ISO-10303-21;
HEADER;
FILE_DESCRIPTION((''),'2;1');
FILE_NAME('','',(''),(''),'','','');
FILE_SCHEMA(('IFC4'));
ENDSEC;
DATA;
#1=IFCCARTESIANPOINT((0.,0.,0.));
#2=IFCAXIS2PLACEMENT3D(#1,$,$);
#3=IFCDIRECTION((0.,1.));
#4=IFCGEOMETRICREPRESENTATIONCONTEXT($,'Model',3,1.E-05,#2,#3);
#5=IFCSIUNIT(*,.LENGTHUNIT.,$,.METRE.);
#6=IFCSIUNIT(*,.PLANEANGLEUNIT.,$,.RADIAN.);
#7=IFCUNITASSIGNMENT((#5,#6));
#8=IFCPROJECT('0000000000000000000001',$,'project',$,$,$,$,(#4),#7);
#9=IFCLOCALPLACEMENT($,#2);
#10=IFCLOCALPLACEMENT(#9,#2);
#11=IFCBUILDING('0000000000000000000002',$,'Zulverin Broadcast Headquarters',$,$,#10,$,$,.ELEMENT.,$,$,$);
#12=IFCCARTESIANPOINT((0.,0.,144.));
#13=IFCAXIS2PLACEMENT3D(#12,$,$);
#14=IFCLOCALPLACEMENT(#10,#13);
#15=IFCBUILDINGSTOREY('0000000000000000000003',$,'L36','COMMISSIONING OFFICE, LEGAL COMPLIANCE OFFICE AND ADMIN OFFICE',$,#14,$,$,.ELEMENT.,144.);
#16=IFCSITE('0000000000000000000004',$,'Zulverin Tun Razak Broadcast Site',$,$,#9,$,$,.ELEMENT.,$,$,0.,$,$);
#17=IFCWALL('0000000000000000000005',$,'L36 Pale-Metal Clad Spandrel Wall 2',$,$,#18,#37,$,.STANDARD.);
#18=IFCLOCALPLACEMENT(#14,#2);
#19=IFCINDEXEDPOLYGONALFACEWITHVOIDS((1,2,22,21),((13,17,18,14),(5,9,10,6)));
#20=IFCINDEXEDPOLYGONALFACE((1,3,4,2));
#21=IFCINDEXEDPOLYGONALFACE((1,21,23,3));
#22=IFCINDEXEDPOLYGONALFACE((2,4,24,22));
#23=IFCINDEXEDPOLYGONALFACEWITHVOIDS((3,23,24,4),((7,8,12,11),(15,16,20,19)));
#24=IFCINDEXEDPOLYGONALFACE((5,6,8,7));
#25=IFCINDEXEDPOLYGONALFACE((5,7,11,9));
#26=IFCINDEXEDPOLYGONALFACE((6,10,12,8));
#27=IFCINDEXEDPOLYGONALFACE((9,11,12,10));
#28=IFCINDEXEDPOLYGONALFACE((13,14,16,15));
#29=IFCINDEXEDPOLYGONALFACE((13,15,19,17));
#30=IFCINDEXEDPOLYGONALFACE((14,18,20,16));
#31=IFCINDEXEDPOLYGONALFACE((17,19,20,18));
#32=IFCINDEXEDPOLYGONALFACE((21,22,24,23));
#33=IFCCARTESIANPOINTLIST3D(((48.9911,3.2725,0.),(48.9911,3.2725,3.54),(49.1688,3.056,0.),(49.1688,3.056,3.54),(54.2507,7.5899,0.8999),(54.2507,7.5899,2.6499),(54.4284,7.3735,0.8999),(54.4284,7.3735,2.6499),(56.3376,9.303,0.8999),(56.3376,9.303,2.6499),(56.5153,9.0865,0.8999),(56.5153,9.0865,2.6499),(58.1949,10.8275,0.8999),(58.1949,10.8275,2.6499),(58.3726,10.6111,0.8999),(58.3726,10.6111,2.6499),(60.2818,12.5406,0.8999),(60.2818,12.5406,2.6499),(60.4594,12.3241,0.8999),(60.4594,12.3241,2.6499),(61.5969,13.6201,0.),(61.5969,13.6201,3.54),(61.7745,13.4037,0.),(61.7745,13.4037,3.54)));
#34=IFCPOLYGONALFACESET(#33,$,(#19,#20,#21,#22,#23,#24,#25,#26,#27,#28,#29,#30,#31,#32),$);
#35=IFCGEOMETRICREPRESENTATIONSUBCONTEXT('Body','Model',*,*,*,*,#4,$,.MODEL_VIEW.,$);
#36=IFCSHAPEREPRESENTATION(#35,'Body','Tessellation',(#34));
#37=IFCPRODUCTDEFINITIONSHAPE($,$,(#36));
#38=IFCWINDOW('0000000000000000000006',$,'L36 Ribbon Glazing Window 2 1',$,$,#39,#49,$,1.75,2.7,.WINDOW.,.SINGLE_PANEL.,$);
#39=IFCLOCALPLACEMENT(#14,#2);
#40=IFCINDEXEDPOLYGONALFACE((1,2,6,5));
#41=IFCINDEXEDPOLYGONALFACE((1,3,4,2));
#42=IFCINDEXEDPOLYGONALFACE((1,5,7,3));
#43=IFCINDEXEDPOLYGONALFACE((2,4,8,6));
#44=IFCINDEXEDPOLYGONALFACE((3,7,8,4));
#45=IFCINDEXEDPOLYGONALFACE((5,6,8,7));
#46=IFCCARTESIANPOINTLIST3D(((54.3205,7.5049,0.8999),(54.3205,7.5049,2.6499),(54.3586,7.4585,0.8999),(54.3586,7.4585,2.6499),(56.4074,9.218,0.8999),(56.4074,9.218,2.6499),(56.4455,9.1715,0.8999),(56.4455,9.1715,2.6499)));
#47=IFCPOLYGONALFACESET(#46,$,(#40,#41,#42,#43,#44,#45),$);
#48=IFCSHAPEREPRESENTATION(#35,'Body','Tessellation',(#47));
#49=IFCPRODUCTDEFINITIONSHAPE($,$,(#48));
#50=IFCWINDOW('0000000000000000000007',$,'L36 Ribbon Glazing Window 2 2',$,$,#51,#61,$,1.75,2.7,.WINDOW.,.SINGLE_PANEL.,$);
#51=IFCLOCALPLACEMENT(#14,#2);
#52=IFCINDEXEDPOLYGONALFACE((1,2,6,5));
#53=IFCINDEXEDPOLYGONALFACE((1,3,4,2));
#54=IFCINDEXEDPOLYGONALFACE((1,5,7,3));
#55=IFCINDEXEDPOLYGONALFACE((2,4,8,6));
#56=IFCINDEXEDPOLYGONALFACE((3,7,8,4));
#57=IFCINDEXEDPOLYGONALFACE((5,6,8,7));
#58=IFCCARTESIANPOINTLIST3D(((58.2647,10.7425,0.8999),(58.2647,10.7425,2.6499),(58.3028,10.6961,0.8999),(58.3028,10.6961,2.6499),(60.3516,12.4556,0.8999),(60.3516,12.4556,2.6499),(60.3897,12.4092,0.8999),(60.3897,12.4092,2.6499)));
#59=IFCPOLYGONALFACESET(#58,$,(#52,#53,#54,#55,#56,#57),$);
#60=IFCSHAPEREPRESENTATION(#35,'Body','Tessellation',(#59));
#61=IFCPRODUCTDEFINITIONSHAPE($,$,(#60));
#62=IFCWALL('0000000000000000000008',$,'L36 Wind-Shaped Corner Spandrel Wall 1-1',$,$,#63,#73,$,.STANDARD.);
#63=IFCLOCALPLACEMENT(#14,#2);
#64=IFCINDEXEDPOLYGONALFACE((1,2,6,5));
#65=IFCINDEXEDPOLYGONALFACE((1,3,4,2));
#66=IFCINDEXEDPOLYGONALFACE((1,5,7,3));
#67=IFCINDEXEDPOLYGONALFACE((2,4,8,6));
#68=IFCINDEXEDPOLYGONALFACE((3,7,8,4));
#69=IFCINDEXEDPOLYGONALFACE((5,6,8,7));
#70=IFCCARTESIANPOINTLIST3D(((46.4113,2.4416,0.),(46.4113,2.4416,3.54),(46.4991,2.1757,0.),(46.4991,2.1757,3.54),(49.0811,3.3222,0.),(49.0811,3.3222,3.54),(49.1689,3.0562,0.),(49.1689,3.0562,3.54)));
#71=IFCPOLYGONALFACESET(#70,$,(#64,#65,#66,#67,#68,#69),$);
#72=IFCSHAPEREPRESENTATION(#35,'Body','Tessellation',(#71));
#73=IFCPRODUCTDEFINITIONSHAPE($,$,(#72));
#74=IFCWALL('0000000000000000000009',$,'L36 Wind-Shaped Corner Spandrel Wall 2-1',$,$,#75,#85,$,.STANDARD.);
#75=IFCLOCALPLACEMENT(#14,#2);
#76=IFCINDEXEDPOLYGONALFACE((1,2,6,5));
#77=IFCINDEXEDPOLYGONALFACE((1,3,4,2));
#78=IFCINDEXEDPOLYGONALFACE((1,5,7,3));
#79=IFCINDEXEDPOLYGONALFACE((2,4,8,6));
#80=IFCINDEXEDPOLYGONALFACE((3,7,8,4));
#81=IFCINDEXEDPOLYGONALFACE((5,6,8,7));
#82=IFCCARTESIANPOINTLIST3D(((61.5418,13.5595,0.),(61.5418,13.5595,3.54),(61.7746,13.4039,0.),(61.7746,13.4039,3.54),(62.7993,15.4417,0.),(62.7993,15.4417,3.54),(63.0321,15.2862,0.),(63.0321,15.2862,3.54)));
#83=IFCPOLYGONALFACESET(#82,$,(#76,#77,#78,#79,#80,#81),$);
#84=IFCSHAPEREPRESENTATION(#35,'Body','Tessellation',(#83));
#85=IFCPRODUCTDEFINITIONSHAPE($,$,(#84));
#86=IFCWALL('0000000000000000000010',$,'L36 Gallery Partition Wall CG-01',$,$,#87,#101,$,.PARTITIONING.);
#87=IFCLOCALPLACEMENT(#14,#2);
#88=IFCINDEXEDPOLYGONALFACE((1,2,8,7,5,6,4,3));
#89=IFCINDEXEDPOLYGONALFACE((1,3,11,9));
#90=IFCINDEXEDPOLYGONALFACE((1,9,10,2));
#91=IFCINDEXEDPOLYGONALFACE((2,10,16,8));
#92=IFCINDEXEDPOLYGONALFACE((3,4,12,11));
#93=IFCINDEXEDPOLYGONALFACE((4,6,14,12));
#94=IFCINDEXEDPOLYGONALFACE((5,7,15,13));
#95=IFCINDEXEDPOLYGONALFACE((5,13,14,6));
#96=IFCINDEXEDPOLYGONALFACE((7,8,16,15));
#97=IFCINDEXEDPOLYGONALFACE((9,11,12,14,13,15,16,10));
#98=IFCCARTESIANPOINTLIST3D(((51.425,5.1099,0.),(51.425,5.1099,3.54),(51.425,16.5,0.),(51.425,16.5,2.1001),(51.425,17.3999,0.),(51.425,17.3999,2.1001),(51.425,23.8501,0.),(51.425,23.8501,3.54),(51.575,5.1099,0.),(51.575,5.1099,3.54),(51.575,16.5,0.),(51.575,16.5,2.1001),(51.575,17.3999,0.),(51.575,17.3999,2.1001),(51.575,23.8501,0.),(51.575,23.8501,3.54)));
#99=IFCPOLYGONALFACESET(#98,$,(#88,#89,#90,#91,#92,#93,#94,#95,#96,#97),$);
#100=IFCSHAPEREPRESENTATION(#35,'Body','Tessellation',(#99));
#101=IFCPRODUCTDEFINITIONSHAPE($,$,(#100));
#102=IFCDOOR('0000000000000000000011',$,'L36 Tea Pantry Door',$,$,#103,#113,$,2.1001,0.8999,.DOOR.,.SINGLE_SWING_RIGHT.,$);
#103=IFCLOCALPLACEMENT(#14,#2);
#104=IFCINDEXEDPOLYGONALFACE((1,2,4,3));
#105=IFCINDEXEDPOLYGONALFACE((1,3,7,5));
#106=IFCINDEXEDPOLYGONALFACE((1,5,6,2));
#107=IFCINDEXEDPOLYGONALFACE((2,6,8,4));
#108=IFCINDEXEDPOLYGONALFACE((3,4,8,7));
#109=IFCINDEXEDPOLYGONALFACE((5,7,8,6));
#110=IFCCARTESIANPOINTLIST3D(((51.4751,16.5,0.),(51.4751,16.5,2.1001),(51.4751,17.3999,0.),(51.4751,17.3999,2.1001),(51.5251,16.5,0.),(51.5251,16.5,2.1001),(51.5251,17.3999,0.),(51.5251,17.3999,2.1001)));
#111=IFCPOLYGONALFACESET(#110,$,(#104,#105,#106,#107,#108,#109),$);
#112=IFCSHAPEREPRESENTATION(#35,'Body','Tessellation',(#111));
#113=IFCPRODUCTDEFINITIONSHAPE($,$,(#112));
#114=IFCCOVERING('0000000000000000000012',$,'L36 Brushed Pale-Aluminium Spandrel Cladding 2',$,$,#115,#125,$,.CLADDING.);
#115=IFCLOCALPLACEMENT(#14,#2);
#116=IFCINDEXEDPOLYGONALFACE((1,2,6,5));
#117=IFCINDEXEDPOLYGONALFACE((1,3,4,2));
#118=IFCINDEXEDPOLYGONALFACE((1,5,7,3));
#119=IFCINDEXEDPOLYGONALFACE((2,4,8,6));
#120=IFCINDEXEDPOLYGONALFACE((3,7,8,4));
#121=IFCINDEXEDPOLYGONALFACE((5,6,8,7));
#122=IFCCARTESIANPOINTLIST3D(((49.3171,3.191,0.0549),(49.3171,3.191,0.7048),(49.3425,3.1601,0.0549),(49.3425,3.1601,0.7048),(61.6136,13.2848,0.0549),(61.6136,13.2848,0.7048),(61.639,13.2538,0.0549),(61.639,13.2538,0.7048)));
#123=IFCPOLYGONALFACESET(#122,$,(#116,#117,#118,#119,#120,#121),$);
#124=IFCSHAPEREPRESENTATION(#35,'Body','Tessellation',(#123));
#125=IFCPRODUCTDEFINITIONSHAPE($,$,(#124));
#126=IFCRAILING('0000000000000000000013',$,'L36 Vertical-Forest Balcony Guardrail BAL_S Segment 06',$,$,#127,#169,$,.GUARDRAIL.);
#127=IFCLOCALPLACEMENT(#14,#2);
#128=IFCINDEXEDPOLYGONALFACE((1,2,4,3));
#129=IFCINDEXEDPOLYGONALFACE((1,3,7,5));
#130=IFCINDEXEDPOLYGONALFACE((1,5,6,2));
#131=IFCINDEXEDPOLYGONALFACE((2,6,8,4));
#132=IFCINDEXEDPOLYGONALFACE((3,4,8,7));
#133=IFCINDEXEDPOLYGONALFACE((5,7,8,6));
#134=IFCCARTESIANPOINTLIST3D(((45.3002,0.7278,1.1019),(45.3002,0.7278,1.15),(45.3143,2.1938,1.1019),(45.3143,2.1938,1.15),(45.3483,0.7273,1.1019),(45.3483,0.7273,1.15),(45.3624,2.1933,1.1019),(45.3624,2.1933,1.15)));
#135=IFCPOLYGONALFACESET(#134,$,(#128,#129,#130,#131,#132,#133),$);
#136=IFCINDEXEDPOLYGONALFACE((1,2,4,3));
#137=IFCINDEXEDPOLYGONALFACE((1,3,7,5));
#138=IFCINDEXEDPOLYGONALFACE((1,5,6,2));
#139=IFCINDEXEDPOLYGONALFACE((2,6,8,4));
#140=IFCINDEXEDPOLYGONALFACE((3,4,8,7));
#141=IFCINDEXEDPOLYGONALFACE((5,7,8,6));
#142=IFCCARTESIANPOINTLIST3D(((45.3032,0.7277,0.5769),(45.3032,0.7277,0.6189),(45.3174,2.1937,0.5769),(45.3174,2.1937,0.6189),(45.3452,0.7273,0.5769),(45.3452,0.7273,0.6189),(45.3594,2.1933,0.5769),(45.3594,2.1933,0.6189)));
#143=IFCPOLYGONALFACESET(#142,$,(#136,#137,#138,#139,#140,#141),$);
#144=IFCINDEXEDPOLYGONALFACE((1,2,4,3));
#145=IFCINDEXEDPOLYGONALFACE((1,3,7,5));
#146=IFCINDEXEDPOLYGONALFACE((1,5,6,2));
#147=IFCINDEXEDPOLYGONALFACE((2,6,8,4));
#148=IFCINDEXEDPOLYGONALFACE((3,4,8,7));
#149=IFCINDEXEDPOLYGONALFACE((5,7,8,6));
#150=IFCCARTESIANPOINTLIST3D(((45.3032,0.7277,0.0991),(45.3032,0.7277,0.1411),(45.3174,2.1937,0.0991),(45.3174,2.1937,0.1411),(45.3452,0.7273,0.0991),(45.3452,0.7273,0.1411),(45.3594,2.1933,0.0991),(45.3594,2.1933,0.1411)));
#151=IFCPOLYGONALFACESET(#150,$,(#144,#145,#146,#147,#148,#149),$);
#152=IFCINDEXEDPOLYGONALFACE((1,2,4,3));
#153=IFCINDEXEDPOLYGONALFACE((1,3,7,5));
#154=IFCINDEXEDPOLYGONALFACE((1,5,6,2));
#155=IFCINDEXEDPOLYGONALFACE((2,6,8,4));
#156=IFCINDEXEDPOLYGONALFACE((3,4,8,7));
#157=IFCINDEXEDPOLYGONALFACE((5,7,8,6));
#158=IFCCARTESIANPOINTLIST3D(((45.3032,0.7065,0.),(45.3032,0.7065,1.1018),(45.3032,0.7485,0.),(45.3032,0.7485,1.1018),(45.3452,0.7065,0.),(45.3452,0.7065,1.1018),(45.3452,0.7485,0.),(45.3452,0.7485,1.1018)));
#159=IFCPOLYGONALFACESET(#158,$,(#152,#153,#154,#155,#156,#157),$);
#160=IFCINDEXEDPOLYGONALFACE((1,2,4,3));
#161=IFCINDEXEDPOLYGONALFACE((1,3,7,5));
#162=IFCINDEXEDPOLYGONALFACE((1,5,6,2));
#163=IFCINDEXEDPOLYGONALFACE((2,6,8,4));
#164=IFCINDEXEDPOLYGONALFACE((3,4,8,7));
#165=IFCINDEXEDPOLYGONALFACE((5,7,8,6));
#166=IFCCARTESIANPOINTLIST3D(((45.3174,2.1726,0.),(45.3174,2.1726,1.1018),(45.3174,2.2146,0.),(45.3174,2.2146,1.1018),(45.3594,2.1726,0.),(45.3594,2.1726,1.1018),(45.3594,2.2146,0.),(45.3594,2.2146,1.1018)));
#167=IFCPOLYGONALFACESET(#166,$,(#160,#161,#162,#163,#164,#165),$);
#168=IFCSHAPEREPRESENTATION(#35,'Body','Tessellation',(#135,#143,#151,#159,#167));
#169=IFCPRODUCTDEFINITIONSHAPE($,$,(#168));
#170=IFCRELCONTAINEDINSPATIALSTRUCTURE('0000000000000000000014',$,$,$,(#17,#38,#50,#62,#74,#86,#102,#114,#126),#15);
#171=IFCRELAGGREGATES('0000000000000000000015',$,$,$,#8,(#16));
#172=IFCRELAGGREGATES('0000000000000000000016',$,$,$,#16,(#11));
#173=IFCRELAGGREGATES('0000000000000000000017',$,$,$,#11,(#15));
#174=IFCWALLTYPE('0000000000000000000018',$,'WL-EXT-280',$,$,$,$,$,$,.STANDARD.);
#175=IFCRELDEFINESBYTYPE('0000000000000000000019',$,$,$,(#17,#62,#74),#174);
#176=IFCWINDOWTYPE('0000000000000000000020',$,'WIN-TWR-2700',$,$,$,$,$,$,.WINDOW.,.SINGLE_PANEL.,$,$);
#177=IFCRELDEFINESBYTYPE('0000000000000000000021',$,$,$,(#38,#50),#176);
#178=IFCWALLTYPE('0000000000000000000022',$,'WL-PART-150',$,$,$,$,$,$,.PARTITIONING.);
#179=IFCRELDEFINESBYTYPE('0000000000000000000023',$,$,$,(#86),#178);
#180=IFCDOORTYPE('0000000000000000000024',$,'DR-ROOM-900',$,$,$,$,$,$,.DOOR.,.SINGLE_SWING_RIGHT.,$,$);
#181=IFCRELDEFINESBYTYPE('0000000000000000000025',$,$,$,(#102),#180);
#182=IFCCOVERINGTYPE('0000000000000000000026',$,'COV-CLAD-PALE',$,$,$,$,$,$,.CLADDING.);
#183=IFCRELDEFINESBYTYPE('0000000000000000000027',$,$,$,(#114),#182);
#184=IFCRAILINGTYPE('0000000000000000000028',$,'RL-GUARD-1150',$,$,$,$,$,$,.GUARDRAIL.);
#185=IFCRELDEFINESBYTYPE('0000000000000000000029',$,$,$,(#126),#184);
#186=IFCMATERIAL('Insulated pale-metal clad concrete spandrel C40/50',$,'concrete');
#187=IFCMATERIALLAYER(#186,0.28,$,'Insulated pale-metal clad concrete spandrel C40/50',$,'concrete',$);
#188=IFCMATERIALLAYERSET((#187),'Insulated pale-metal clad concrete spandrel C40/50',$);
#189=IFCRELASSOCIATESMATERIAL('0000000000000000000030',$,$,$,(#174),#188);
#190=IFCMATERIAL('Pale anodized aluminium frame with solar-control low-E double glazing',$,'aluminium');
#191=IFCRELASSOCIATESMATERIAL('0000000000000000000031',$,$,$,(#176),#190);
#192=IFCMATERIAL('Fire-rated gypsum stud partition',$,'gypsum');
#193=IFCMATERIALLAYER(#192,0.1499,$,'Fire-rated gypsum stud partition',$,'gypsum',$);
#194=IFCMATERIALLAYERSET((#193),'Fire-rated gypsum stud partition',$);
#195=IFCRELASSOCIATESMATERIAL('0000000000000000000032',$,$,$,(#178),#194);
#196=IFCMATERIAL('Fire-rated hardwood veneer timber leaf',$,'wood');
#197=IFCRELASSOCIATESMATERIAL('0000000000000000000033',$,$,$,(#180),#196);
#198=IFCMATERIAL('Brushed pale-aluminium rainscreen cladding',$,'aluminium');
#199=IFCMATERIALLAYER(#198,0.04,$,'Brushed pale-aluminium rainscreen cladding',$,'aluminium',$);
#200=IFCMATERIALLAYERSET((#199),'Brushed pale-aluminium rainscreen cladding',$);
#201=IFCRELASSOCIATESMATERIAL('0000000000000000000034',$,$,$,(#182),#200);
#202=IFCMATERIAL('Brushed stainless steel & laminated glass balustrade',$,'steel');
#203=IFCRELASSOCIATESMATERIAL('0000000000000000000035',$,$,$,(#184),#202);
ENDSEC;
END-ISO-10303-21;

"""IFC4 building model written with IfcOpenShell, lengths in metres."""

from ifc_helpers import new_model, si_unit, direction, frame, frame_2d, origin, origin_2d, place, context, subcontext, project, spatial, rectangle, extrude, material, layer, layer_set, type_object, element, fill, save


model = new_model("IFC4")

# Units and contexts
model_context = context("Model", 3, precision=1e-05, world=origin(), true_north=direction((0.0, 1.0)))
body_context = subcontext(model_context, "Body", "Model", "MODEL_VIEW")
ifc_project = project(units=[si_unit("LENGTHUNIT", "METRE"), si_unit("PLANEANGLEUNIT", "RADIAN")], contexts=[model_context])

# Site, building, storey
site_placement = place(None, origin())
site = spatial("IfcSite", under=ifc_project, at=site_placement, Name="Zulverin Tun Razak Broadcast Site", CompositionType="ELEMENT", RefElevation=0.0)
building_placement = place(site_placement, origin())
building = spatial("IfcBuilding", under=site, at=building_placement, Name="Zulverin Broadcast Headquarters", CompositionType="ELEMENT")
storey_placement = place(building_placement, frame((0.0, 0.0, 144.0)))
storey = spatial("IfcBuildingStorey", under=building, at=storey_placement, Name="L36", Description="COMMISSIONING OFFICE, LEGAL COMPLIANCE OFFICE AND ADMIN OFFICE", CompositionType="ELEMENT", Elevation=144.0)

# Wall, openings, windows
ifc_material_1 = material(Name="Insulated pale-metal clad concrete spandrel C40/50", Category="concrete")
ifc_layer_1 = layer(ifc_material_1, 0.28, Name="Insulated pale-metal clad concrete spandrel C40/50", Category="concrete")
ifc_layer_set_1 = layer_set([ifc_layer_1], Name="Insulated pale-metal clad concrete spandrel C40/50")
wall_type_1 = type_object("IfcWallType", Name="WL-EXT-280", PredefinedType="STANDARD", material=ifc_layer_set_1)
wall_1_placement = place(storey_placement, frame((49.0801, 3.1643, 0.0), z_axis=(0.0, 0.0, 1.0), x_axis=(0.772938, 0.634482, 0.0)))
wall_1 = element("IfcWall", 1, at=wall_1_placement, inside=storey, type_object=wall_type_1, Name="L36 Pale-Metal Clad Spandrel Wall 2", PredefinedType="STANDARD", context=body_context, shape_type="SweptSolid", body=[
    extrude(rectangle(XDim=16.3088, YDim=0.28, at=frame_2d((8.1543, 0.0))), origin(), (0.0, 0.0, 1.0), 3.54),
])
opening_1_placement = place(wall_1_placement, frame((6.8044, 0.0, 0.8999)))
opening_1 = element("IfcOpeningElement", 2, at=opening_1_placement, cuts=wall_1, PredefinedType="OPENING", context=body_context, shape_type="SweptSolid", body=[
    extrude(rectangle(XDim=2.7, YDim=1.75, at=frame_2d((1.3501, 0.875))), frame((0.0, 0.1499, 0.0), z_axis=(0.0, -1.0, 0.0), x_axis=(1.0, 0.0, 0.0)), (0.0, 0.0, 1.0), 0.3),
])
opening_2_placement = place(wall_1_placement, frame((11.9072, 0.0, 0.8999)))
opening_2 = element("IfcOpeningElement", 3, at=opening_2_placement, cuts=wall_1, PredefinedType="OPENING", context=body_context, shape_type="SweptSolid", body=[
    extrude(rectangle(XDim=2.7, YDim=1.75, at=frame_2d((1.3501, 0.875))), frame((0.0, 0.1499, 0.0), z_axis=(0.0, -1.0, 0.0), x_axis=(1.0, 0.0, 0.0)), (0.0, 0.0, 1.0), 0.3),
])
ifc_material_2 = material(Name="Pale anodized aluminium frame with solar-control low-E double glazing", Category="aluminium")
window_type = type_object("IfcWindowType", Name="WIN-TWR-2700", PartitioningType="SINGLE_PANEL", PredefinedType="WINDOW", material=ifc_material_2)
window_1_placement = place(opening_1_placement, origin())
window_1 = element("IfcWindow", 4, at=window_1_placement, inside=storey, type_object=window_type, Name="L36 Ribbon Glazing Window 2 1", OverallHeight=1.75, OverallWidth=2.7, PartitioningType="SINGLE_PANEL", PredefinedType="WINDOW", context=body_context, shape_type="SweptSolid", body=[
    extrude(rectangle(XDim=2.7, YDim=1.75, at=frame_2d((1.3501, 0.875))), frame((0.0, 0.03, 0.0), z_axis=(0.0, -1.0, 0.0), x_axis=(1.0, 0.0, 0.0)), (0.0, 0.0, 1.0), 0.0601),
])
fill(opening_1, window_1)
window_2_placement = place(opening_2_placement, origin())
window_2 = element("IfcWindow", 5, at=window_2_placement, inside=storey, type_object=window_type, Name="L36 Ribbon Glazing Window 2 2", OverallHeight=1.75, OverallWidth=2.7, PartitioningType="SINGLE_PANEL", PredefinedType="WINDOW", context=body_context, shape_type="SweptSolid", body=[
    extrude(rectangle(XDim=2.7, YDim=1.75, at=frame_2d((1.3501, 0.875))), frame((0.0, 0.03, 0.0), z_axis=(0.0, -1.0, 0.0), x_axis=(1.0, 0.0, 0.0)), (0.0, 0.0, 1.0), 0.0601),
])
fill(opening_2, window_2)

# Walls
wall_2_placement = place(storey_placement, frame((46.4551, 2.3086, 0.0), z_axis=(0.0, 0.0, 1.0), x_axis=(0.949677, 0.31323, 0.0)))
element("IfcWall", 6, at=wall_2_placement, inside=storey, type_object=wall_type_1, Name="L36 Wind-Shaped Corner Spandrel Wall 1-1", PredefinedType="STANDARD", context=body_context, shape_type="SweptSolid", body=[
    extrude(rectangle(XDim=2.8113, YDim=0.28, at=frame_2d((1.4058, 0.0))), origin(), (0.0, 0.0, 1.0), 3.54),
])
wall_3_placement = place(storey_placement, frame((61.6582, 13.4817, 0.0), z_axis=(0.0, 0.0, 1.0), x_axis=(0.555521, 0.831502, 0.0)))
element("IfcWall", 7, at=wall_3_placement, inside=storey, type_object=wall_type_1, Name="L36 Wind-Shaped Corner Spandrel Wall 2-1", PredefinedType="STANDARD", context=body_context, shape_type="SweptSolid", body=[
    extrude(rectangle(XDim=2.2637, YDim=0.28, at=frame_2d((1.1318, 0.0))), origin(), (0.0, 0.0, 1.0), 3.54),
])

# Wall, opening, door
ifc_material_3 = material(Name="Fire-rated gypsum stud partition", Category="gypsum")
ifc_layer_2 = layer(ifc_material_3, 0.1499, Name="Fire-rated gypsum stud partition", Category="gypsum")
ifc_layer_set_2 = layer_set([ifc_layer_2], Name="Fire-rated gypsum stud partition")
wall_type_2 = type_object("IfcWallType", Name="WL-PART-150", PredefinedType="PARTITIONING", material=ifc_layer_set_2)
wall_4_placement = place(storey_placement, frame((51.5, 5.1099, 0.0), z_axis=(0.0, 0.0, 1.0), x_axis=(0.0, 1.0, 0.0)))
wall_4 = element("IfcWall", 8, at=wall_4_placement, inside=storey, type_object=wall_type_2, Name="L36 Gallery Partition Wall CG-01", PredefinedType="PARTITIONING", context=body_context, shape_type="SweptSolid", body=[
    extrude(rectangle(XDim=18.7402, YDim=0.1499, at=frame_2d((9.3701, 0.0))), origin(), (0.0, 0.0, 1.0), 3.54),
])
opening_3_placement = place(wall_4_placement, frame((11.3901, 0.0, 0.0)))
opening_3 = element("IfcOpeningElement", 9, at=opening_3_placement, cuts=wall_4, PredefinedType="OPENING", context=body_context, shape_type="SweptSolid", body=[
    extrude(rectangle(XDim=0.8999, YDim=2.1001, at=frame_2d((0.45, 1.05))), frame((0.0, 0.085, 0.0), z_axis=(0.0, -1.0, 0.0), x_axis=(1.0, 0.0, 0.0)), (0.0, 0.0, 1.0), 0.1699),
])
ifc_material_4 = material(Name="Fire-rated hardwood veneer timber leaf", Category="wood")
door_type = type_object("IfcDoorType", Name="DR-ROOM-900", OperationType="SINGLE_SWING_RIGHT", PredefinedType="DOOR", material=ifc_material_4)
door_placement = place(opening_3_placement, origin())
door = element("IfcDoor", 10, at=door_placement, inside=storey, type_object=door_type, Name="L36 Tea Pantry Door", OperationType="SINGLE_SWING_RIGHT", OverallHeight=2.1001, OverallWidth=0.8999, PredefinedType="DOOR", context=body_context, shape_type="SweptSolid", body=[
    extrude(rectangle(XDim=0.8999, YDim=2.1001, at=frame_2d((0.45, 1.05))), frame((0.0, 0.0249, 0.0), z_axis=(0.0, -1.0, 0.0), x_axis=(1.0, 0.0, 0.0)), (0.0, 0.0, 1.0), 0.05),
])
fill(opening_3, door)

# Covering
ifc_material_5 = material(Name="Brushed pale-aluminium rainscreen cladding", Category="aluminium")
ifc_layer_3 = layer(ifc_material_5, 0.04, Name="Brushed pale-aluminium rainscreen cladding", Category="aluminium")
ifc_layer_set_3 = layer_set([ifc_layer_3], Name="Brushed pale-aluminium rainscreen cladding")
covering_type = type_object("IfcCoveringType", Name="COV-CLAD-PALE", PredefinedType="CLADDING", material=ifc_layer_set_3)
covering_placement = place(storey_placement, frame((55.478, 8.2224, 0.0549), z_axis=(0.0, 0.0, 1.0), x_axis=(0.77294, 0.63448, 0.0)))
element("IfcCovering", 11, at=covering_placement, inside=storey, type_object=covering_type, Name="L36 Brushed Pale-Aluminium Spandrel Cladding 2", PredefinedType="CLADDING", context=body_context, shape_type="SweptSolid", body=[
    extrude(rectangle(XDim=15.9087, YDim=0.04, at=origin_2d()), origin(), (0.0, 0.0, 1.0), 0.6499),
])

# Railing
ifc_material_6 = material(Name="Brushed stainless steel & laminated glass balustrade", Category="steel")
railing_type = type_object("IfcRailingType", Name="RL-GUARD-1150", PredefinedType="GUARDRAIL", material=ifc_material_6)
railing_placement = place(storey_placement, frame((45.3242, 0.7275, 0.0)))
element("IfcRailing", 12, at=railing_placement, inside=storey, type_object=railing_type, Name="L36 Vertical-Forest Balcony Guardrail BAL_S Segment 06", PredefinedType="GUARDRAIL", context=body_context, shape_type="SweptSolid", body=[
    extrude(rectangle(XDim=0.0481, YDim=0.0481, at=origin_2d()), frame((0.0, 0.0, 1.126), z_axis=(0.009658, 0.999953, 0.0), x_axis=(-0.999953, 0.009658, 0.0)), (0.0, 0.0, 1.0), 1.4661),
    extrude(rectangle(XDim=0.042, YDim=0.042, at=origin_2d()), frame((0.0, 0.0, 0.5979), z_axis=(0.009658, 0.999953, 0.0), x_axis=(-0.999953, 0.009658, 0.0)), (0.0, 0.0, 1.0), 1.4661),
    extrude(rectangle(XDim=0.042, YDim=0.042, at=origin_2d()), frame((0.0, 0.0, 0.1201), z_axis=(0.009658, 0.999953, 0.0), x_axis=(-0.999953, 0.009658, 0.0)), (0.0, 0.0, 1.0), 1.4661),
    extrude(rectangle(XDim=0.042, YDim=0.042, at=origin_2d()), origin(), (0.0, 0.0, 1.0), 1.1018),
    extrude(rectangle(XDim=0.042, YDim=0.042, at=origin_2d()), frame((0.0142, 1.4661, 0.0)), (0.0, 0.0, 1.0), 1.1018),
])

save(model, "model.ifc")
